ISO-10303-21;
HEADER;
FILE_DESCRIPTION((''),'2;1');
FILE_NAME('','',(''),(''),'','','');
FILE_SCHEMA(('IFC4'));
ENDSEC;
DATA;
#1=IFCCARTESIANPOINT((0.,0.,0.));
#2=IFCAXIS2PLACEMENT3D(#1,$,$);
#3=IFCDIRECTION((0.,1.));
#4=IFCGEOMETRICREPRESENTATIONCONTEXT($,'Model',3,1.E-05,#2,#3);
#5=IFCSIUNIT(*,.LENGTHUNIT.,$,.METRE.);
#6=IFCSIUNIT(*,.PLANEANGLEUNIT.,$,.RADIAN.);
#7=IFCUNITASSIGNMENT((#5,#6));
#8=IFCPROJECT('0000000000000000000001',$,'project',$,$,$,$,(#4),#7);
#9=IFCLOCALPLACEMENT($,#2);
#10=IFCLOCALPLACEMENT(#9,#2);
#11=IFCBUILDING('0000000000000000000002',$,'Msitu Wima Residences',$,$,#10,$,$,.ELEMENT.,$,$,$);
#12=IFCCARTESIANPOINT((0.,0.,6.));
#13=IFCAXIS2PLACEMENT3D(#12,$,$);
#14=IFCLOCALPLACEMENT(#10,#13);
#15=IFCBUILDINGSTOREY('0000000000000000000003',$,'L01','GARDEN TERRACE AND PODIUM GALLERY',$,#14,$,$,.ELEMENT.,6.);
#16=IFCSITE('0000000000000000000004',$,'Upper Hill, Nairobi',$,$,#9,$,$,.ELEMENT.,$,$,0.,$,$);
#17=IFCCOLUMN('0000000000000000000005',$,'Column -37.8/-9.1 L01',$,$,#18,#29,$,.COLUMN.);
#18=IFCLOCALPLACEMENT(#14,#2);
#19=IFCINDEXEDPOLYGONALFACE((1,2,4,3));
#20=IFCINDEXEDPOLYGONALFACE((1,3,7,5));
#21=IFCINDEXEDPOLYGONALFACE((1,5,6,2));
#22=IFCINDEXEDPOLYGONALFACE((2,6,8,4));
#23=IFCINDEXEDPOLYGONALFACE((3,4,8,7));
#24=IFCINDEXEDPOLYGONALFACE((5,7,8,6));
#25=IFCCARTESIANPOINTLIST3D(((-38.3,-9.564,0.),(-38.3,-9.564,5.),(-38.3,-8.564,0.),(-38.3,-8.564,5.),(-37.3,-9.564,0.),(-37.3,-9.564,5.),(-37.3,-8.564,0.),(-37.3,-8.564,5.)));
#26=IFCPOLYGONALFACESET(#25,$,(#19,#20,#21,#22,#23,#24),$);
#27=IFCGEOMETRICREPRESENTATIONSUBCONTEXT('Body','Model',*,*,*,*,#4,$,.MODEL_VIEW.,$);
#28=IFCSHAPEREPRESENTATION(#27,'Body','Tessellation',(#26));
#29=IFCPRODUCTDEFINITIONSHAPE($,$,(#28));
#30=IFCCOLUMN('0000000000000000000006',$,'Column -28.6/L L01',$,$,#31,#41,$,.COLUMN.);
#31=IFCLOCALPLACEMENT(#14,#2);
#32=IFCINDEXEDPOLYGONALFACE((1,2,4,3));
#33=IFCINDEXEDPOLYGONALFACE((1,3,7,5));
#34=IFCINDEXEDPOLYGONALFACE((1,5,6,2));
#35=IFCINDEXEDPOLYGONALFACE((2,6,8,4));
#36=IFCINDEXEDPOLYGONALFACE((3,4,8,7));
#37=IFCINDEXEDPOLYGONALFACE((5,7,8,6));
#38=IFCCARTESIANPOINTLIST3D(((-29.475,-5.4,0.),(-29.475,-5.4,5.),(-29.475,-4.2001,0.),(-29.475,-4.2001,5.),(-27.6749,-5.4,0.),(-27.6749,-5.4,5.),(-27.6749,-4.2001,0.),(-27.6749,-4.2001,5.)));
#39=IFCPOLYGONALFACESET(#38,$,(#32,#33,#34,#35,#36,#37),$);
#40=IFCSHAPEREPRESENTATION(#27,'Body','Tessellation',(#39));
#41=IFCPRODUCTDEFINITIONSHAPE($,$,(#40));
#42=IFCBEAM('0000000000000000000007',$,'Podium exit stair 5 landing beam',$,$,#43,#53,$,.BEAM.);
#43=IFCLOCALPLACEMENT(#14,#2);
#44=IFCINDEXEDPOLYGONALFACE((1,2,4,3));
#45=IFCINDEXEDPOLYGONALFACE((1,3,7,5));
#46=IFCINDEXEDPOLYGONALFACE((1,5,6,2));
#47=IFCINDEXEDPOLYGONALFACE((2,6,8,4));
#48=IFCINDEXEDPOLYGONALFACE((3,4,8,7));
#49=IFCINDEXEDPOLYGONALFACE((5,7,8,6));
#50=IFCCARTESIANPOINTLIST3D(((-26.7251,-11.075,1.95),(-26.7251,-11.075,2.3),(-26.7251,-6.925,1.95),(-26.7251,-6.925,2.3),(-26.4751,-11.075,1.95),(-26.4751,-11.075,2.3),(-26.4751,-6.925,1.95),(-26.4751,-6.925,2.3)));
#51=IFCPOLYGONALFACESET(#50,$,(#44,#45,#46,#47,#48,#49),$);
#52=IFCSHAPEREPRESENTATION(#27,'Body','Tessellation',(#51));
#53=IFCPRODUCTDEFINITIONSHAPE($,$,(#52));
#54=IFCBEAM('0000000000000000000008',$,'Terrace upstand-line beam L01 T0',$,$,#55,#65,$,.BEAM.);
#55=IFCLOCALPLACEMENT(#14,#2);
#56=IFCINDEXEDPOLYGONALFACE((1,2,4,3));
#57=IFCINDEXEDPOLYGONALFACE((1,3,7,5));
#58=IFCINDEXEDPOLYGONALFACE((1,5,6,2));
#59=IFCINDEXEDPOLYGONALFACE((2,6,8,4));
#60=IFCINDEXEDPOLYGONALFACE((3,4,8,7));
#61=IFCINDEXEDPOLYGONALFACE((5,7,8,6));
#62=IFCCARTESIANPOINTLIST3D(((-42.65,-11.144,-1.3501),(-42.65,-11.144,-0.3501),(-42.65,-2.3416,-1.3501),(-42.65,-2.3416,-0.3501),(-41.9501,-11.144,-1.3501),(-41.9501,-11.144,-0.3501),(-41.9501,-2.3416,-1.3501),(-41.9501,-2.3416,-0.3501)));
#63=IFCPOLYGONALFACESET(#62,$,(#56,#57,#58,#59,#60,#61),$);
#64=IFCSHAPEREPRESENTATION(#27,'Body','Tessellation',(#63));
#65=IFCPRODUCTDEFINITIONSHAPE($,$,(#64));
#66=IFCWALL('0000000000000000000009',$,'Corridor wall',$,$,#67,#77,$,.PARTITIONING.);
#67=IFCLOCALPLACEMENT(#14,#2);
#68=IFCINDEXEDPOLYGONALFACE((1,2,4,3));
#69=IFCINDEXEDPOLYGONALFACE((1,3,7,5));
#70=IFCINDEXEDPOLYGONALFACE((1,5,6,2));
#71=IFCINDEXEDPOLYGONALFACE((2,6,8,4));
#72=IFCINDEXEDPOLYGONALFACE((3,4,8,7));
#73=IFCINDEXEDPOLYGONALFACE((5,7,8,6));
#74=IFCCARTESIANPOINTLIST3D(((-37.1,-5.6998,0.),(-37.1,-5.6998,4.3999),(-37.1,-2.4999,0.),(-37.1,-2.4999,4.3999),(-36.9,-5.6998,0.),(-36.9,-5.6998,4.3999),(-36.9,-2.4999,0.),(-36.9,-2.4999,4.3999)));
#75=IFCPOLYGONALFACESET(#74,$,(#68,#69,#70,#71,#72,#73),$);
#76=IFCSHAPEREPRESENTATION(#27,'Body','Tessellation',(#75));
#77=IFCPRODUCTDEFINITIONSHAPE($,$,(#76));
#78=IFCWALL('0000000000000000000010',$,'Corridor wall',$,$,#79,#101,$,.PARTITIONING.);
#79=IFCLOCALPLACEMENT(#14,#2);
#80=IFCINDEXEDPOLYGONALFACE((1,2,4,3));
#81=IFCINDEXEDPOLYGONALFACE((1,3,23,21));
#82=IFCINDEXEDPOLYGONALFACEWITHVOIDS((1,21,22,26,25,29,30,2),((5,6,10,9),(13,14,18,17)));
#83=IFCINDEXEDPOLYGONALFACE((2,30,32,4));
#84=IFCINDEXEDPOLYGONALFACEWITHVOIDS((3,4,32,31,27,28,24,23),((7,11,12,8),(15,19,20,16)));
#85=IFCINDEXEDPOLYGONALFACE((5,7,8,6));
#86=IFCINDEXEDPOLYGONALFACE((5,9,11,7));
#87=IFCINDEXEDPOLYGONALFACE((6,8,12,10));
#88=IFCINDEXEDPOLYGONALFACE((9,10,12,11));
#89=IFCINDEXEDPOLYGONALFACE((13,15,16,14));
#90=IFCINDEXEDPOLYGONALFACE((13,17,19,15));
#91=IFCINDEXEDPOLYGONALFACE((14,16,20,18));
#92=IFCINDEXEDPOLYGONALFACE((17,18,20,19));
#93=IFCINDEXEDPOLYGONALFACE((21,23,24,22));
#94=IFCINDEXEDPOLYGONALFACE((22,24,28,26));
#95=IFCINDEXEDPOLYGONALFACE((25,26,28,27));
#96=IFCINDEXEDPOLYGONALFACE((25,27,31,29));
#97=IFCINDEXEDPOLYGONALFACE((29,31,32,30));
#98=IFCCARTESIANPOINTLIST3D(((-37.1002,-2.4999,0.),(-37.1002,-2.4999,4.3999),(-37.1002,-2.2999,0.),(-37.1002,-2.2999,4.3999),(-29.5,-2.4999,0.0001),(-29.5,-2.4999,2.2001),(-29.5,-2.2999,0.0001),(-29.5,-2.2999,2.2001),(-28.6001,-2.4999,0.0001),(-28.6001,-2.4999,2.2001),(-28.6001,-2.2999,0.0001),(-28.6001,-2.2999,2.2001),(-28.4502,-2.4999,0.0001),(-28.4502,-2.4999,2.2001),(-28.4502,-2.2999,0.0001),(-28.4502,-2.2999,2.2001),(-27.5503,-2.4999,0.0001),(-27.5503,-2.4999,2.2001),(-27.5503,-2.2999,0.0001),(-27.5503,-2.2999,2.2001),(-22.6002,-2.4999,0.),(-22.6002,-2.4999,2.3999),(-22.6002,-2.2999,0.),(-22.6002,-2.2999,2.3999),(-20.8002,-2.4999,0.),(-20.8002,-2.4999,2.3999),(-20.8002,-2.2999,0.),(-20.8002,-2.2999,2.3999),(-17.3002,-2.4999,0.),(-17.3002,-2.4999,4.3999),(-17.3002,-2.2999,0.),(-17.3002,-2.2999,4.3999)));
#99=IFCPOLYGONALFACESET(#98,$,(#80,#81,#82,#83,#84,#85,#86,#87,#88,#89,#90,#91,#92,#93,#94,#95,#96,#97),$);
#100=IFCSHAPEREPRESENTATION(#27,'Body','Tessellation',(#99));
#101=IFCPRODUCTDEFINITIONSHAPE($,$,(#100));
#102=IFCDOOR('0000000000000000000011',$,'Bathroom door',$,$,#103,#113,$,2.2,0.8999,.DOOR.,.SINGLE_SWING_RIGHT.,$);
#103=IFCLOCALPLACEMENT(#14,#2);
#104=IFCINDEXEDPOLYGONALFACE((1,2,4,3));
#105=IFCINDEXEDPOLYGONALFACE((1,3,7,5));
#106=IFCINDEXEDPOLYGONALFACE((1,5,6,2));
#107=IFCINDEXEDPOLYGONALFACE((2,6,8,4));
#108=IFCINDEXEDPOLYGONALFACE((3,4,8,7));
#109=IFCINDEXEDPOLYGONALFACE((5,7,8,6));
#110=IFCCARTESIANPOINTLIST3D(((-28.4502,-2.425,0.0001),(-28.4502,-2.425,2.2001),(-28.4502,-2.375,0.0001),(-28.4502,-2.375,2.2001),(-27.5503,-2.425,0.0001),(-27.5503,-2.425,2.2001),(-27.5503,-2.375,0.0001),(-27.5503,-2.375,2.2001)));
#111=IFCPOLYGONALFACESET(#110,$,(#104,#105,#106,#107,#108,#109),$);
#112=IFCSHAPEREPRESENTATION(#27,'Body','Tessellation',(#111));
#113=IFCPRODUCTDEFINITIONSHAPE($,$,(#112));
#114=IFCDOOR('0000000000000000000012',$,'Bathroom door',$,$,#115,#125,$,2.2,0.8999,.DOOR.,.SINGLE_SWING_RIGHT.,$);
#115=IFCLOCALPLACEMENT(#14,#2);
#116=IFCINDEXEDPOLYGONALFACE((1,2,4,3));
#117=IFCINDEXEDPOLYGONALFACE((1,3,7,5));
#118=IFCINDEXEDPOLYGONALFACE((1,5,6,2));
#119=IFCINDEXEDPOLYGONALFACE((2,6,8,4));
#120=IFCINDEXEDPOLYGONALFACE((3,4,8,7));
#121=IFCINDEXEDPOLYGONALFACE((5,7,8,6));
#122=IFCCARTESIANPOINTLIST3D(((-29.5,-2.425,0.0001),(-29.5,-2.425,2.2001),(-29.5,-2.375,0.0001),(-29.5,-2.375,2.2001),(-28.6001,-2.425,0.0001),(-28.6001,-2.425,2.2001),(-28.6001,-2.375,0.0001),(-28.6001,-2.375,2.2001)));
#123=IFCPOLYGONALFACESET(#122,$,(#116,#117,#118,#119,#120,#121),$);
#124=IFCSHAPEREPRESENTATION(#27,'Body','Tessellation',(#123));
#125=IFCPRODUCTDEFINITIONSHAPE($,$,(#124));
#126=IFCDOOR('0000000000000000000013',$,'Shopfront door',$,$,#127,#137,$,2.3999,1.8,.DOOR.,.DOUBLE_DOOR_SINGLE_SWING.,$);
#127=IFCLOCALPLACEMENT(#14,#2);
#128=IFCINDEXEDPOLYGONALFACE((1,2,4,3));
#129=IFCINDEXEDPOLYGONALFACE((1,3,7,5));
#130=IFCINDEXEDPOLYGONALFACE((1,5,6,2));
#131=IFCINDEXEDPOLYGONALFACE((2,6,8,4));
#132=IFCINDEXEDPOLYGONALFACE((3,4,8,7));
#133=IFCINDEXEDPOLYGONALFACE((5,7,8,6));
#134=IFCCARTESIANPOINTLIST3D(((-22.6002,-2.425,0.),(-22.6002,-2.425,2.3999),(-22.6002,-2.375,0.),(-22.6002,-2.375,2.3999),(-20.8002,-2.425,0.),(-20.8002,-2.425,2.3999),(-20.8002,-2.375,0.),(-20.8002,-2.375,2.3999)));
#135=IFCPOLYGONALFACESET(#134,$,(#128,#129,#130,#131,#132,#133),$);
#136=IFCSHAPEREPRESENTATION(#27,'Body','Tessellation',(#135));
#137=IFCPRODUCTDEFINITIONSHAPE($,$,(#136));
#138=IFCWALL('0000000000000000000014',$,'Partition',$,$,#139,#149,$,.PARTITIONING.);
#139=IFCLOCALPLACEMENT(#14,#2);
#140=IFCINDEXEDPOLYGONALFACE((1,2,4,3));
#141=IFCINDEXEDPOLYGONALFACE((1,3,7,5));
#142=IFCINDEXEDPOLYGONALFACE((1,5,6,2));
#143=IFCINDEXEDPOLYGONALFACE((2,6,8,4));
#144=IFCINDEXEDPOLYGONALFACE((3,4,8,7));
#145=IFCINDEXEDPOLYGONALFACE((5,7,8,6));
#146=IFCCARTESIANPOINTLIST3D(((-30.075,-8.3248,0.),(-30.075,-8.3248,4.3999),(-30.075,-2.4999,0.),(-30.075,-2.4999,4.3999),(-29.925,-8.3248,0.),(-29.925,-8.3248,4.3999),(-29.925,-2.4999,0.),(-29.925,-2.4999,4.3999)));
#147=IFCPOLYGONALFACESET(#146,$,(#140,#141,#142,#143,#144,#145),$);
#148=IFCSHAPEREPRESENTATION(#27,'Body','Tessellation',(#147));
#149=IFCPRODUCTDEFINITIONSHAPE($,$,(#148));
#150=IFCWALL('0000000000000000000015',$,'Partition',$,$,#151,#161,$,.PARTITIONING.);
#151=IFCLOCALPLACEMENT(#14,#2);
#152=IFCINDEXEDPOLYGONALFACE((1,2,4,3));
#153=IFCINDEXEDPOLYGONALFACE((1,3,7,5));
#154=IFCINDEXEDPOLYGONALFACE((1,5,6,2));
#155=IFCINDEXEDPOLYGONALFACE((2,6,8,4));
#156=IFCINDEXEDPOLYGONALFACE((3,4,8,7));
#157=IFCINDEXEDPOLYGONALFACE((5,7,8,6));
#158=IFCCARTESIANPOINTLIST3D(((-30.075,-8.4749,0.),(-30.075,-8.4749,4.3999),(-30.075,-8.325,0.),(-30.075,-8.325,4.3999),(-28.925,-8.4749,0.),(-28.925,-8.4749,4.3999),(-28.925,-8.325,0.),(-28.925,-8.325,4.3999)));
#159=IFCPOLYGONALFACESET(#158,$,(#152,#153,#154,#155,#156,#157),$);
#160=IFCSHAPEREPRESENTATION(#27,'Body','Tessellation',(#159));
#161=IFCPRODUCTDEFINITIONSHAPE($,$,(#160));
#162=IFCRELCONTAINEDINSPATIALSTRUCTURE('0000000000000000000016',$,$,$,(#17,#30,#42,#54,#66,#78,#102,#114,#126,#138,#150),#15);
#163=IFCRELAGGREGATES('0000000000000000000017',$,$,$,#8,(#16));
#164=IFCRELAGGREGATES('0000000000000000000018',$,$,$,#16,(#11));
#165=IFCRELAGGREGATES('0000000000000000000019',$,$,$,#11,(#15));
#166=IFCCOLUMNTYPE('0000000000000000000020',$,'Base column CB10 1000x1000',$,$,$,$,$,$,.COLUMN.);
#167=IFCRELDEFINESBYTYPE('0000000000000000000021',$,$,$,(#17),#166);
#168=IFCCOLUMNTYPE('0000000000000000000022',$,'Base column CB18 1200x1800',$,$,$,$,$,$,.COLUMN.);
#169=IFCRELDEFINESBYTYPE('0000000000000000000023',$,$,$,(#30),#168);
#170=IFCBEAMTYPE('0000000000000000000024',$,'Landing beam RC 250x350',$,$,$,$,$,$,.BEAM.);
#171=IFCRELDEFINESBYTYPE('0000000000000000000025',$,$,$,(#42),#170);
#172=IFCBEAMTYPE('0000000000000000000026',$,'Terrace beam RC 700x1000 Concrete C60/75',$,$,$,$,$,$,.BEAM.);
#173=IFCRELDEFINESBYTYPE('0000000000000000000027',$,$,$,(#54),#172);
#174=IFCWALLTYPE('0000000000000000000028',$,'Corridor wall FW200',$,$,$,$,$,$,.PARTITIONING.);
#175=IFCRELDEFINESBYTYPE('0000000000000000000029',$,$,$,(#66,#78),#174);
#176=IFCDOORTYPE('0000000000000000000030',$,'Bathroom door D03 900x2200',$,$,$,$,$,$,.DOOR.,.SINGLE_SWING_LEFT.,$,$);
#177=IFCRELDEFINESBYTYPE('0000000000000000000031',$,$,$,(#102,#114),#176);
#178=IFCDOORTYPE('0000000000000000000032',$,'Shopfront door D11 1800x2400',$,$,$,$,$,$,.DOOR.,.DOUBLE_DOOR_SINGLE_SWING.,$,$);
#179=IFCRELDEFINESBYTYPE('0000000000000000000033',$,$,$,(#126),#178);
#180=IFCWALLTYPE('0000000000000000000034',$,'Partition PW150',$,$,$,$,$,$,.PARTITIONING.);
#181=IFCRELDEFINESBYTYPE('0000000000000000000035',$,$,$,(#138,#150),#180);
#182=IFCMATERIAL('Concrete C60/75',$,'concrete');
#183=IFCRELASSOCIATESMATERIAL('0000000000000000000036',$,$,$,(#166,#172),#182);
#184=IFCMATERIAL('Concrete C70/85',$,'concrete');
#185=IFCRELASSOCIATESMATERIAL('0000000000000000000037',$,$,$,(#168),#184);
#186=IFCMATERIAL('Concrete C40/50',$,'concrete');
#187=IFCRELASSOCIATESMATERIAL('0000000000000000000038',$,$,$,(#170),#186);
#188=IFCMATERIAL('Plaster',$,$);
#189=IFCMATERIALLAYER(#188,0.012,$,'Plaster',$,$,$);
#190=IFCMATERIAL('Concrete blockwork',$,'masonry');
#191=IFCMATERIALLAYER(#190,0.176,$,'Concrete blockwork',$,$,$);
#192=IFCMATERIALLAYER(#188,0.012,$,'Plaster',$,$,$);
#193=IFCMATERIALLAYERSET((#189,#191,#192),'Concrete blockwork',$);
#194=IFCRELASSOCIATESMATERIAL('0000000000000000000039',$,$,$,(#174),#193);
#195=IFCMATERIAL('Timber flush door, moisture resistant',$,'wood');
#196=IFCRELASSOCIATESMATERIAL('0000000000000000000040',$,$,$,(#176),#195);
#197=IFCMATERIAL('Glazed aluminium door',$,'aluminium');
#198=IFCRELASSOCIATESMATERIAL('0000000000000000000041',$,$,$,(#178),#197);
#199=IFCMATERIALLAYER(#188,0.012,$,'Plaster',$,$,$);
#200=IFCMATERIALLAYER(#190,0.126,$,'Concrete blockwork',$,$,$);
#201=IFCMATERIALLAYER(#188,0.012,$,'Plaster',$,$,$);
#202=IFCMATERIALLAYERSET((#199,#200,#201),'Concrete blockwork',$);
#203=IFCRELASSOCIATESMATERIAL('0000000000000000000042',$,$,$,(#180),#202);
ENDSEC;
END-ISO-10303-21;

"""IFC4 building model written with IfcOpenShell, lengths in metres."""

from ifc_helpers import new_model, si_unit, direction, frame, frame_2d, origin, origin_2d, place, context, subcontext, project, spatial, rectangle, extrude, material, layer, layer_set, material_profile, profile_set, type_object, element, fill, save


model = new_model("IFC4")

# Units and contexts
model_context = context("Model", 3, precision=1e-05, world=origin(), true_north=direction((0.0, 1.0)))
body_context = subcontext(model_context, "Body", "Model", "MODEL_VIEW")
ifc_project = project(units=[si_unit("LENGTHUNIT", "METRE"), si_unit("PLANEANGLEUNIT", "RADIAN")], contexts=[model_context])

# Site, building, storey
site_placement = place(None, origin())
site = spatial("IfcSite", under=ifc_project, at=site_placement, Name="Upper Hill, Nairobi", CompositionType="ELEMENT", RefElevation=0.0)
building_placement = place(site_placement, origin())
building = spatial("IfcBuilding", under=site, at=building_placement, Name="Msitu Wima Residences", CompositionType="ELEMENT")
storey_placement = place(building_placement, frame((0.0, 0.0, 6.0)))
storey = spatial("IfcBuildingStorey", under=building, at=storey_placement, Name="L01", Description="GARDEN TERRACE AND PODIUM GALLERY", CompositionType="ELEMENT", Elevation=6.0)

# Columns
ifc_material_1 = material(Name="Concrete C60/75", Category="concrete")
ifc_material_profile_1 = material_profile(ifc_material_1, rectangle(XDim=1.0, YDim=1.0, at=origin_2d()), Name="RC 1000x1000")
ifc_profile_set_1 = profile_set([ifc_material_profile_1], Name="Concrete C60/75")
column_type_1 = type_object("IfcColumnType", Name="Base column CB10 1000x1000", PredefinedType="COLUMN", material=ifc_profile_set_1)
column_1_placement = place(storey_placement, frame((-37.8, -9.064, 0.0), z_axis=(0.0, 0.0, 1.0), x_axis=(1.0, 0.0, 0.0)))
element("IfcColumn", 1, at=column_1_placement, inside=storey, type_object=column_type_1, Name="Column -37.8/-9.1 L01", PredefinedType="COLUMN", context=body_context, shape_type="SweptSolid", body=[
    extrude(rectangle(XDim=1.0, YDim=1.0, at=origin_2d()), origin(), (0.0, 0.0, 1.0), 5.0),
])
ifc_material_2 = material(Name="Concrete C70/85", Category="concrete")
ifc_material_profile_2 = material_profile(ifc_material_2, rectangle(XDim=1.2, YDim=1.8, at=origin_2d()), Name="RC 1200x1800")
ifc_profile_set_2 = profile_set([ifc_material_profile_2], Name="Concrete C70/85")
column_type_2 = type_object("IfcColumnType", Name="Base column CB18 1200x1800", PredefinedType="COLUMN", material=ifc_profile_set_2)
column_2_placement = place(storey_placement, frame((-28.575, -4.8, 0.0), z_axis=(0.0, 0.0, 1.0), x_axis=(0.0, -1.0, 0.0)))
element("IfcColumn", 2, at=column_2_placement, inside=storey, type_object=column_type_2, Name="Column -28.6/L L01", PredefinedType="COLUMN", context=body_context, shape_type="SweptSolid", body=[
    extrude(rectangle(XDim=1.2, YDim=1.8, at=origin_2d()), origin(), (0.0, 0.0, 1.0), 5.0),
])

# Beams
ifc_material_3 = material(Name="Concrete C40/50", Category="concrete")
ifc_material_profile_3 = material_profile(ifc_material_3, rectangle(XDim=0.25, YDim=0.3501, at=origin_2d()), Name="RC 250x350")
ifc_profile_set_3 = profile_set([ifc_material_profile_3], Name="Concrete C40/50")
beam_type_1 = type_object("IfcBeamType", Name="Landing beam RC 250x350", PredefinedType="BEAM", material=ifc_profile_set_3)
beam_1_placement = place(storey_placement, frame((-26.6001, -6.925, 2.125), z_axis=(0.0, -1.0, 0.0), x_axis=(1.0, 0.0, 0.0)))
element("IfcBeam", 3, at=beam_1_placement, inside=storey, type_object=beam_type_1, Name="Podium exit stair 5 landing beam", PredefinedType="BEAM", context=body_context, shape_type="SweptSolid", body=[
    extrude(rectangle(XDim=0.25, YDim=0.3501, at=origin_2d()), origin(), (0.0, 0.0, 1.0), 4.1499),
])
ifc_material_profile_4 = material_profile(ifc_material_1, rectangle(XDim=0.7, YDim=1.0, at=origin_2d()), Name="RC 700x1000")
ifc_profile_set_4 = profile_set([ifc_material_profile_4], Name="Concrete C60/75")
beam_type_2 = type_object("IfcBeamType", Name="Terrace beam RC 700x1000 Concrete C60/75", PredefinedType="BEAM", material=ifc_profile_set_4)
beam_2_placement = place(storey_placement, frame((-42.3, -2.3416, -0.8501), z_axis=(0.0, -1.0, 0.0), x_axis=(1.0, 0.0, 0.0)))
element("IfcBeam", 4, at=beam_2_placement, inside=storey, type_object=beam_type_2, Name="Terrace upstand-line beam L01 T0", PredefinedType="BEAM", context=body_context, shape_type="SweptSolid", body=[
    extrude(rectangle(XDim=0.7, YDim=1.0, at=origin_2d()), origin(), (0.0, 0.0, 1.0), 8.8025),
])

# Wall
ifc_material_4 = material(Name="Plaster")
ifc_layer_1 = layer(ifc_material_4, 0.012, Name="Plaster")
ifc_material_5 = material(Name="Concrete blockwork", Category="masonry")
ifc_layer_2 = layer(ifc_material_5, 0.176, Name="Concrete blockwork")
ifc_layer_3 = layer(ifc_material_4, 0.012, Name="Plaster")
ifc_layer_set_1 = layer_set([ifc_layer_1, ifc_layer_2, ifc_layer_3], Name="Concrete blockwork")
wall_type_1 = type_object("IfcWallType", Name="Corridor wall FW200", PredefinedType="PARTITIONING", material=ifc_layer_set_1)
wall_1_placement = place(storey_placement, frame((-37.0, -5.7, 0.0), z_axis=(0.0, 0.0, 1.0), x_axis=(0.0, 1.0, 0.0)))
element("IfcWall", 5, at=wall_1_placement, inside=storey, type_object=wall_type_1, Name="Corridor wall", PredefinedType="PARTITIONING", context=body_context, shape_type="SweptSolid", body=[
    extrude(rectangle(XDim=3.2, YDim=0.2, at=frame_2d((1.6001, 0.0))), origin(), (0.0, 0.0, 1.0), 4.3999),
])

# Wall, openings, doors
wall_2_placement = place(storey_placement, frame((-37.1001, -2.3999, 0.0), z_axis=(0.0, 0.0, 1.0), x_axis=(1.0, 0.0, 0.0)))
wall_2 = element("IfcWall", 6, at=wall_2_placement, inside=storey, type_object=wall_type_1, Name="Corridor wall", PredefinedType="PARTITIONING", context=body_context, shape_type="SweptSolid", body=[
    extrude(rectangle(XDim=19.8, YDim=0.2, at=frame_2d((9.8999, 0.0))), origin(), (0.0, 0.0, 1.0), 4.3999),
])
opening_1_placement = place(wall_2_placement, frame((8.6499, 0.0, 0.0)))
opening_1 = element("IfcOpeningElement", 7, at=opening_1_placement, cuts=wall_2, PredefinedType="OPENING", context=body_context, shape_type="SweptSolid", body=[
    extrude(rectangle(XDim=0.8999, YDim=2.2, at=frame_2d((0.45, 1.1001))), frame((0.0, 0.1099, 0.0), z_axis=(0.0, -1.0, 0.0), x_axis=(1.0, 0.0, 0.0)), (0.0, 0.0, 1.0), 0.22),
])
opening_2_placement = place(wall_2_placement, frame((14.5, 0.0, 0.0)))
opening_2 = element("IfcOpeningElement", 8, at=opening_2_placement, cuts=wall_2, PredefinedType="OPENING", context=body_context, shape_type="SweptSolid", body=[
    extrude(rectangle(XDim=1.8, YDim=2.3999, at=frame_2d((0.8999, 1.2))), frame((0.0, 0.1099, 0.0), z_axis=(0.0, -1.0, 0.0), x_axis=(1.0, 0.0, 0.0)), (0.0, 0.0, 1.0), 0.22),
])
opening_3_placement = place(wall_2_placement, frame((7.6001, 0.0, 0.0)))
opening_3 = element("IfcOpeningElement", 9, at=opening_3_placement, cuts=wall_2, PredefinedType="OPENING", context=body_context, shape_type="SweptSolid", body=[
    extrude(rectangle(XDim=0.8999, YDim=2.2, at=frame_2d((0.45, 1.1001))), frame((0.0, 0.1099, 0.0), z_axis=(0.0, -1.0, 0.0), x_axis=(1.0, 0.0, 0.0)), (0.0, 0.0, 1.0), 0.22),
])
ifc_material_6 = material(Name="Timber flush door, moisture resistant", Category="wood")
door_type_1 = type_object("IfcDoorType", Name="Bathroom door D03 900x2200", OperationType="SINGLE_SWING_LEFT", PredefinedType="DOOR", material=ifc_material_6)
door_1_placement = place(opening_1_placement, origin())
door_1 = element("IfcDoor", 10, at=door_1_placement, inside=storey, type_object=door_type_1, Name="Bathroom door", OperationType="SINGLE_SWING_RIGHT", OverallHeight=2.2, OverallWidth=0.8999, PredefinedType="DOOR", context=body_context, shape_type="SweptSolid", body=[
    extrude(rectangle(XDim=0.8999, YDim=2.2, at=frame_2d((0.45, 1.1001))), frame((0.0, 0.0249, 0.0), z_axis=(0.0, -1.0, 0.0), x_axis=(1.0, 0.0, 0.0)), (0.0, 0.0, 1.0), 0.05),
])
fill(opening_1, door_1)
door_2_placement = place(opening_3_placement, origin())
door_2 = element("IfcDoor", 11, at=door_2_placement, inside=storey, type_object=door_type_1, Name="Bathroom door", OperationType="SINGLE_SWING_RIGHT", OverallHeight=2.2, OverallWidth=0.8999, PredefinedType="DOOR", context=body_context, shape_type="SweptSolid", body=[
    extrude(rectangle(XDim=0.8999, YDim=2.2, at=frame_2d((0.45, 1.1001))), frame((0.0, 0.0249, 0.0), z_axis=(0.0, -1.0, 0.0), x_axis=(1.0, 0.0, 0.0)), (0.0, 0.0, 1.0), 0.05),
])
fill(opening_3, door_2)
ifc_material_7 = material(Name="Glazed aluminium door", Category="aluminium")
door_type_2 = type_object("IfcDoorType", Name="Shopfront door D11 1800x2400", OperationType="DOUBLE_DOOR_SINGLE_SWING", PredefinedType="DOOR", material=ifc_material_7)
door_3_placement = place(opening_2_placement, origin())
door_3 = element("IfcDoor", 12, at=door_3_placement, inside=storey, type_object=door_type_2, Name="Shopfront door", OperationType="DOUBLE_DOOR_SINGLE_SWING", OverallHeight=2.3999, OverallWidth=1.8, PredefinedType="DOOR", context=body_context, shape_type="SweptSolid", body=[
    extrude(rectangle(XDim=1.8, YDim=2.3999, at=frame_2d((0.8999, 1.2))), frame((0.0, 0.0249, 0.0), z_axis=(0.0, -1.0, 0.0), x_axis=(1.0, 0.0, 0.0)), (0.0, 0.0, 1.0), 0.05),
])
fill(opening_2, door_3)

# Walls
ifc_layer_4 = layer(ifc_material_4, 0.012, Name="Plaster")
ifc_layer_5 = layer(ifc_material_5, 0.126, Name="Concrete blockwork")
ifc_layer_6 = layer(ifc_material_4, 0.012, Name="Plaster")
ifc_layer_set_2 = layer_set([ifc_layer_4, ifc_layer_5, ifc_layer_6], Name="Concrete blockwork")
wall_type_2 = type_object("IfcWallType", Name="Partition PW150", PredefinedType="PARTITIONING", material=ifc_layer_set_2)
wall_3_placement = place(storey_placement, frame((-30.0, -8.325, 0.0), z_axis=(0.0, 0.0, 1.0), x_axis=(0.0, 1.0, 0.0)))
element("IfcWall", 13, at=wall_3_placement, inside=storey, type_object=wall_type_2, Name="Partition", PredefinedType="PARTITIONING", context=body_context, shape_type="SweptSolid", body=[
    extrude(rectangle(XDim=5.825, YDim=0.1499, at=frame_2d((2.9126, 0.0))), origin(), (0.0, 0.0, 1.0), 4.3999),
])
wall_4_placement = place(storey_placement, frame((-30.075, -8.3999, 0.0), z_axis=(0.0, 0.0, 1.0), x_axis=(1.0, 0.0, 0.0)))
element("IfcWall", 14, at=wall_4_placement, inside=storey, type_object=wall_type_2, Name="Partition", PredefinedType="PARTITIONING", context=body_context, shape_type="SweptSolid", body=[
    extrude(rectangle(XDim=1.1499, YDim=0.1499, at=frame_2d((0.575, 0.0))), origin(), (0.0, 0.0, 1.0), 4.3999),
])

save(model, "model.ifc")
